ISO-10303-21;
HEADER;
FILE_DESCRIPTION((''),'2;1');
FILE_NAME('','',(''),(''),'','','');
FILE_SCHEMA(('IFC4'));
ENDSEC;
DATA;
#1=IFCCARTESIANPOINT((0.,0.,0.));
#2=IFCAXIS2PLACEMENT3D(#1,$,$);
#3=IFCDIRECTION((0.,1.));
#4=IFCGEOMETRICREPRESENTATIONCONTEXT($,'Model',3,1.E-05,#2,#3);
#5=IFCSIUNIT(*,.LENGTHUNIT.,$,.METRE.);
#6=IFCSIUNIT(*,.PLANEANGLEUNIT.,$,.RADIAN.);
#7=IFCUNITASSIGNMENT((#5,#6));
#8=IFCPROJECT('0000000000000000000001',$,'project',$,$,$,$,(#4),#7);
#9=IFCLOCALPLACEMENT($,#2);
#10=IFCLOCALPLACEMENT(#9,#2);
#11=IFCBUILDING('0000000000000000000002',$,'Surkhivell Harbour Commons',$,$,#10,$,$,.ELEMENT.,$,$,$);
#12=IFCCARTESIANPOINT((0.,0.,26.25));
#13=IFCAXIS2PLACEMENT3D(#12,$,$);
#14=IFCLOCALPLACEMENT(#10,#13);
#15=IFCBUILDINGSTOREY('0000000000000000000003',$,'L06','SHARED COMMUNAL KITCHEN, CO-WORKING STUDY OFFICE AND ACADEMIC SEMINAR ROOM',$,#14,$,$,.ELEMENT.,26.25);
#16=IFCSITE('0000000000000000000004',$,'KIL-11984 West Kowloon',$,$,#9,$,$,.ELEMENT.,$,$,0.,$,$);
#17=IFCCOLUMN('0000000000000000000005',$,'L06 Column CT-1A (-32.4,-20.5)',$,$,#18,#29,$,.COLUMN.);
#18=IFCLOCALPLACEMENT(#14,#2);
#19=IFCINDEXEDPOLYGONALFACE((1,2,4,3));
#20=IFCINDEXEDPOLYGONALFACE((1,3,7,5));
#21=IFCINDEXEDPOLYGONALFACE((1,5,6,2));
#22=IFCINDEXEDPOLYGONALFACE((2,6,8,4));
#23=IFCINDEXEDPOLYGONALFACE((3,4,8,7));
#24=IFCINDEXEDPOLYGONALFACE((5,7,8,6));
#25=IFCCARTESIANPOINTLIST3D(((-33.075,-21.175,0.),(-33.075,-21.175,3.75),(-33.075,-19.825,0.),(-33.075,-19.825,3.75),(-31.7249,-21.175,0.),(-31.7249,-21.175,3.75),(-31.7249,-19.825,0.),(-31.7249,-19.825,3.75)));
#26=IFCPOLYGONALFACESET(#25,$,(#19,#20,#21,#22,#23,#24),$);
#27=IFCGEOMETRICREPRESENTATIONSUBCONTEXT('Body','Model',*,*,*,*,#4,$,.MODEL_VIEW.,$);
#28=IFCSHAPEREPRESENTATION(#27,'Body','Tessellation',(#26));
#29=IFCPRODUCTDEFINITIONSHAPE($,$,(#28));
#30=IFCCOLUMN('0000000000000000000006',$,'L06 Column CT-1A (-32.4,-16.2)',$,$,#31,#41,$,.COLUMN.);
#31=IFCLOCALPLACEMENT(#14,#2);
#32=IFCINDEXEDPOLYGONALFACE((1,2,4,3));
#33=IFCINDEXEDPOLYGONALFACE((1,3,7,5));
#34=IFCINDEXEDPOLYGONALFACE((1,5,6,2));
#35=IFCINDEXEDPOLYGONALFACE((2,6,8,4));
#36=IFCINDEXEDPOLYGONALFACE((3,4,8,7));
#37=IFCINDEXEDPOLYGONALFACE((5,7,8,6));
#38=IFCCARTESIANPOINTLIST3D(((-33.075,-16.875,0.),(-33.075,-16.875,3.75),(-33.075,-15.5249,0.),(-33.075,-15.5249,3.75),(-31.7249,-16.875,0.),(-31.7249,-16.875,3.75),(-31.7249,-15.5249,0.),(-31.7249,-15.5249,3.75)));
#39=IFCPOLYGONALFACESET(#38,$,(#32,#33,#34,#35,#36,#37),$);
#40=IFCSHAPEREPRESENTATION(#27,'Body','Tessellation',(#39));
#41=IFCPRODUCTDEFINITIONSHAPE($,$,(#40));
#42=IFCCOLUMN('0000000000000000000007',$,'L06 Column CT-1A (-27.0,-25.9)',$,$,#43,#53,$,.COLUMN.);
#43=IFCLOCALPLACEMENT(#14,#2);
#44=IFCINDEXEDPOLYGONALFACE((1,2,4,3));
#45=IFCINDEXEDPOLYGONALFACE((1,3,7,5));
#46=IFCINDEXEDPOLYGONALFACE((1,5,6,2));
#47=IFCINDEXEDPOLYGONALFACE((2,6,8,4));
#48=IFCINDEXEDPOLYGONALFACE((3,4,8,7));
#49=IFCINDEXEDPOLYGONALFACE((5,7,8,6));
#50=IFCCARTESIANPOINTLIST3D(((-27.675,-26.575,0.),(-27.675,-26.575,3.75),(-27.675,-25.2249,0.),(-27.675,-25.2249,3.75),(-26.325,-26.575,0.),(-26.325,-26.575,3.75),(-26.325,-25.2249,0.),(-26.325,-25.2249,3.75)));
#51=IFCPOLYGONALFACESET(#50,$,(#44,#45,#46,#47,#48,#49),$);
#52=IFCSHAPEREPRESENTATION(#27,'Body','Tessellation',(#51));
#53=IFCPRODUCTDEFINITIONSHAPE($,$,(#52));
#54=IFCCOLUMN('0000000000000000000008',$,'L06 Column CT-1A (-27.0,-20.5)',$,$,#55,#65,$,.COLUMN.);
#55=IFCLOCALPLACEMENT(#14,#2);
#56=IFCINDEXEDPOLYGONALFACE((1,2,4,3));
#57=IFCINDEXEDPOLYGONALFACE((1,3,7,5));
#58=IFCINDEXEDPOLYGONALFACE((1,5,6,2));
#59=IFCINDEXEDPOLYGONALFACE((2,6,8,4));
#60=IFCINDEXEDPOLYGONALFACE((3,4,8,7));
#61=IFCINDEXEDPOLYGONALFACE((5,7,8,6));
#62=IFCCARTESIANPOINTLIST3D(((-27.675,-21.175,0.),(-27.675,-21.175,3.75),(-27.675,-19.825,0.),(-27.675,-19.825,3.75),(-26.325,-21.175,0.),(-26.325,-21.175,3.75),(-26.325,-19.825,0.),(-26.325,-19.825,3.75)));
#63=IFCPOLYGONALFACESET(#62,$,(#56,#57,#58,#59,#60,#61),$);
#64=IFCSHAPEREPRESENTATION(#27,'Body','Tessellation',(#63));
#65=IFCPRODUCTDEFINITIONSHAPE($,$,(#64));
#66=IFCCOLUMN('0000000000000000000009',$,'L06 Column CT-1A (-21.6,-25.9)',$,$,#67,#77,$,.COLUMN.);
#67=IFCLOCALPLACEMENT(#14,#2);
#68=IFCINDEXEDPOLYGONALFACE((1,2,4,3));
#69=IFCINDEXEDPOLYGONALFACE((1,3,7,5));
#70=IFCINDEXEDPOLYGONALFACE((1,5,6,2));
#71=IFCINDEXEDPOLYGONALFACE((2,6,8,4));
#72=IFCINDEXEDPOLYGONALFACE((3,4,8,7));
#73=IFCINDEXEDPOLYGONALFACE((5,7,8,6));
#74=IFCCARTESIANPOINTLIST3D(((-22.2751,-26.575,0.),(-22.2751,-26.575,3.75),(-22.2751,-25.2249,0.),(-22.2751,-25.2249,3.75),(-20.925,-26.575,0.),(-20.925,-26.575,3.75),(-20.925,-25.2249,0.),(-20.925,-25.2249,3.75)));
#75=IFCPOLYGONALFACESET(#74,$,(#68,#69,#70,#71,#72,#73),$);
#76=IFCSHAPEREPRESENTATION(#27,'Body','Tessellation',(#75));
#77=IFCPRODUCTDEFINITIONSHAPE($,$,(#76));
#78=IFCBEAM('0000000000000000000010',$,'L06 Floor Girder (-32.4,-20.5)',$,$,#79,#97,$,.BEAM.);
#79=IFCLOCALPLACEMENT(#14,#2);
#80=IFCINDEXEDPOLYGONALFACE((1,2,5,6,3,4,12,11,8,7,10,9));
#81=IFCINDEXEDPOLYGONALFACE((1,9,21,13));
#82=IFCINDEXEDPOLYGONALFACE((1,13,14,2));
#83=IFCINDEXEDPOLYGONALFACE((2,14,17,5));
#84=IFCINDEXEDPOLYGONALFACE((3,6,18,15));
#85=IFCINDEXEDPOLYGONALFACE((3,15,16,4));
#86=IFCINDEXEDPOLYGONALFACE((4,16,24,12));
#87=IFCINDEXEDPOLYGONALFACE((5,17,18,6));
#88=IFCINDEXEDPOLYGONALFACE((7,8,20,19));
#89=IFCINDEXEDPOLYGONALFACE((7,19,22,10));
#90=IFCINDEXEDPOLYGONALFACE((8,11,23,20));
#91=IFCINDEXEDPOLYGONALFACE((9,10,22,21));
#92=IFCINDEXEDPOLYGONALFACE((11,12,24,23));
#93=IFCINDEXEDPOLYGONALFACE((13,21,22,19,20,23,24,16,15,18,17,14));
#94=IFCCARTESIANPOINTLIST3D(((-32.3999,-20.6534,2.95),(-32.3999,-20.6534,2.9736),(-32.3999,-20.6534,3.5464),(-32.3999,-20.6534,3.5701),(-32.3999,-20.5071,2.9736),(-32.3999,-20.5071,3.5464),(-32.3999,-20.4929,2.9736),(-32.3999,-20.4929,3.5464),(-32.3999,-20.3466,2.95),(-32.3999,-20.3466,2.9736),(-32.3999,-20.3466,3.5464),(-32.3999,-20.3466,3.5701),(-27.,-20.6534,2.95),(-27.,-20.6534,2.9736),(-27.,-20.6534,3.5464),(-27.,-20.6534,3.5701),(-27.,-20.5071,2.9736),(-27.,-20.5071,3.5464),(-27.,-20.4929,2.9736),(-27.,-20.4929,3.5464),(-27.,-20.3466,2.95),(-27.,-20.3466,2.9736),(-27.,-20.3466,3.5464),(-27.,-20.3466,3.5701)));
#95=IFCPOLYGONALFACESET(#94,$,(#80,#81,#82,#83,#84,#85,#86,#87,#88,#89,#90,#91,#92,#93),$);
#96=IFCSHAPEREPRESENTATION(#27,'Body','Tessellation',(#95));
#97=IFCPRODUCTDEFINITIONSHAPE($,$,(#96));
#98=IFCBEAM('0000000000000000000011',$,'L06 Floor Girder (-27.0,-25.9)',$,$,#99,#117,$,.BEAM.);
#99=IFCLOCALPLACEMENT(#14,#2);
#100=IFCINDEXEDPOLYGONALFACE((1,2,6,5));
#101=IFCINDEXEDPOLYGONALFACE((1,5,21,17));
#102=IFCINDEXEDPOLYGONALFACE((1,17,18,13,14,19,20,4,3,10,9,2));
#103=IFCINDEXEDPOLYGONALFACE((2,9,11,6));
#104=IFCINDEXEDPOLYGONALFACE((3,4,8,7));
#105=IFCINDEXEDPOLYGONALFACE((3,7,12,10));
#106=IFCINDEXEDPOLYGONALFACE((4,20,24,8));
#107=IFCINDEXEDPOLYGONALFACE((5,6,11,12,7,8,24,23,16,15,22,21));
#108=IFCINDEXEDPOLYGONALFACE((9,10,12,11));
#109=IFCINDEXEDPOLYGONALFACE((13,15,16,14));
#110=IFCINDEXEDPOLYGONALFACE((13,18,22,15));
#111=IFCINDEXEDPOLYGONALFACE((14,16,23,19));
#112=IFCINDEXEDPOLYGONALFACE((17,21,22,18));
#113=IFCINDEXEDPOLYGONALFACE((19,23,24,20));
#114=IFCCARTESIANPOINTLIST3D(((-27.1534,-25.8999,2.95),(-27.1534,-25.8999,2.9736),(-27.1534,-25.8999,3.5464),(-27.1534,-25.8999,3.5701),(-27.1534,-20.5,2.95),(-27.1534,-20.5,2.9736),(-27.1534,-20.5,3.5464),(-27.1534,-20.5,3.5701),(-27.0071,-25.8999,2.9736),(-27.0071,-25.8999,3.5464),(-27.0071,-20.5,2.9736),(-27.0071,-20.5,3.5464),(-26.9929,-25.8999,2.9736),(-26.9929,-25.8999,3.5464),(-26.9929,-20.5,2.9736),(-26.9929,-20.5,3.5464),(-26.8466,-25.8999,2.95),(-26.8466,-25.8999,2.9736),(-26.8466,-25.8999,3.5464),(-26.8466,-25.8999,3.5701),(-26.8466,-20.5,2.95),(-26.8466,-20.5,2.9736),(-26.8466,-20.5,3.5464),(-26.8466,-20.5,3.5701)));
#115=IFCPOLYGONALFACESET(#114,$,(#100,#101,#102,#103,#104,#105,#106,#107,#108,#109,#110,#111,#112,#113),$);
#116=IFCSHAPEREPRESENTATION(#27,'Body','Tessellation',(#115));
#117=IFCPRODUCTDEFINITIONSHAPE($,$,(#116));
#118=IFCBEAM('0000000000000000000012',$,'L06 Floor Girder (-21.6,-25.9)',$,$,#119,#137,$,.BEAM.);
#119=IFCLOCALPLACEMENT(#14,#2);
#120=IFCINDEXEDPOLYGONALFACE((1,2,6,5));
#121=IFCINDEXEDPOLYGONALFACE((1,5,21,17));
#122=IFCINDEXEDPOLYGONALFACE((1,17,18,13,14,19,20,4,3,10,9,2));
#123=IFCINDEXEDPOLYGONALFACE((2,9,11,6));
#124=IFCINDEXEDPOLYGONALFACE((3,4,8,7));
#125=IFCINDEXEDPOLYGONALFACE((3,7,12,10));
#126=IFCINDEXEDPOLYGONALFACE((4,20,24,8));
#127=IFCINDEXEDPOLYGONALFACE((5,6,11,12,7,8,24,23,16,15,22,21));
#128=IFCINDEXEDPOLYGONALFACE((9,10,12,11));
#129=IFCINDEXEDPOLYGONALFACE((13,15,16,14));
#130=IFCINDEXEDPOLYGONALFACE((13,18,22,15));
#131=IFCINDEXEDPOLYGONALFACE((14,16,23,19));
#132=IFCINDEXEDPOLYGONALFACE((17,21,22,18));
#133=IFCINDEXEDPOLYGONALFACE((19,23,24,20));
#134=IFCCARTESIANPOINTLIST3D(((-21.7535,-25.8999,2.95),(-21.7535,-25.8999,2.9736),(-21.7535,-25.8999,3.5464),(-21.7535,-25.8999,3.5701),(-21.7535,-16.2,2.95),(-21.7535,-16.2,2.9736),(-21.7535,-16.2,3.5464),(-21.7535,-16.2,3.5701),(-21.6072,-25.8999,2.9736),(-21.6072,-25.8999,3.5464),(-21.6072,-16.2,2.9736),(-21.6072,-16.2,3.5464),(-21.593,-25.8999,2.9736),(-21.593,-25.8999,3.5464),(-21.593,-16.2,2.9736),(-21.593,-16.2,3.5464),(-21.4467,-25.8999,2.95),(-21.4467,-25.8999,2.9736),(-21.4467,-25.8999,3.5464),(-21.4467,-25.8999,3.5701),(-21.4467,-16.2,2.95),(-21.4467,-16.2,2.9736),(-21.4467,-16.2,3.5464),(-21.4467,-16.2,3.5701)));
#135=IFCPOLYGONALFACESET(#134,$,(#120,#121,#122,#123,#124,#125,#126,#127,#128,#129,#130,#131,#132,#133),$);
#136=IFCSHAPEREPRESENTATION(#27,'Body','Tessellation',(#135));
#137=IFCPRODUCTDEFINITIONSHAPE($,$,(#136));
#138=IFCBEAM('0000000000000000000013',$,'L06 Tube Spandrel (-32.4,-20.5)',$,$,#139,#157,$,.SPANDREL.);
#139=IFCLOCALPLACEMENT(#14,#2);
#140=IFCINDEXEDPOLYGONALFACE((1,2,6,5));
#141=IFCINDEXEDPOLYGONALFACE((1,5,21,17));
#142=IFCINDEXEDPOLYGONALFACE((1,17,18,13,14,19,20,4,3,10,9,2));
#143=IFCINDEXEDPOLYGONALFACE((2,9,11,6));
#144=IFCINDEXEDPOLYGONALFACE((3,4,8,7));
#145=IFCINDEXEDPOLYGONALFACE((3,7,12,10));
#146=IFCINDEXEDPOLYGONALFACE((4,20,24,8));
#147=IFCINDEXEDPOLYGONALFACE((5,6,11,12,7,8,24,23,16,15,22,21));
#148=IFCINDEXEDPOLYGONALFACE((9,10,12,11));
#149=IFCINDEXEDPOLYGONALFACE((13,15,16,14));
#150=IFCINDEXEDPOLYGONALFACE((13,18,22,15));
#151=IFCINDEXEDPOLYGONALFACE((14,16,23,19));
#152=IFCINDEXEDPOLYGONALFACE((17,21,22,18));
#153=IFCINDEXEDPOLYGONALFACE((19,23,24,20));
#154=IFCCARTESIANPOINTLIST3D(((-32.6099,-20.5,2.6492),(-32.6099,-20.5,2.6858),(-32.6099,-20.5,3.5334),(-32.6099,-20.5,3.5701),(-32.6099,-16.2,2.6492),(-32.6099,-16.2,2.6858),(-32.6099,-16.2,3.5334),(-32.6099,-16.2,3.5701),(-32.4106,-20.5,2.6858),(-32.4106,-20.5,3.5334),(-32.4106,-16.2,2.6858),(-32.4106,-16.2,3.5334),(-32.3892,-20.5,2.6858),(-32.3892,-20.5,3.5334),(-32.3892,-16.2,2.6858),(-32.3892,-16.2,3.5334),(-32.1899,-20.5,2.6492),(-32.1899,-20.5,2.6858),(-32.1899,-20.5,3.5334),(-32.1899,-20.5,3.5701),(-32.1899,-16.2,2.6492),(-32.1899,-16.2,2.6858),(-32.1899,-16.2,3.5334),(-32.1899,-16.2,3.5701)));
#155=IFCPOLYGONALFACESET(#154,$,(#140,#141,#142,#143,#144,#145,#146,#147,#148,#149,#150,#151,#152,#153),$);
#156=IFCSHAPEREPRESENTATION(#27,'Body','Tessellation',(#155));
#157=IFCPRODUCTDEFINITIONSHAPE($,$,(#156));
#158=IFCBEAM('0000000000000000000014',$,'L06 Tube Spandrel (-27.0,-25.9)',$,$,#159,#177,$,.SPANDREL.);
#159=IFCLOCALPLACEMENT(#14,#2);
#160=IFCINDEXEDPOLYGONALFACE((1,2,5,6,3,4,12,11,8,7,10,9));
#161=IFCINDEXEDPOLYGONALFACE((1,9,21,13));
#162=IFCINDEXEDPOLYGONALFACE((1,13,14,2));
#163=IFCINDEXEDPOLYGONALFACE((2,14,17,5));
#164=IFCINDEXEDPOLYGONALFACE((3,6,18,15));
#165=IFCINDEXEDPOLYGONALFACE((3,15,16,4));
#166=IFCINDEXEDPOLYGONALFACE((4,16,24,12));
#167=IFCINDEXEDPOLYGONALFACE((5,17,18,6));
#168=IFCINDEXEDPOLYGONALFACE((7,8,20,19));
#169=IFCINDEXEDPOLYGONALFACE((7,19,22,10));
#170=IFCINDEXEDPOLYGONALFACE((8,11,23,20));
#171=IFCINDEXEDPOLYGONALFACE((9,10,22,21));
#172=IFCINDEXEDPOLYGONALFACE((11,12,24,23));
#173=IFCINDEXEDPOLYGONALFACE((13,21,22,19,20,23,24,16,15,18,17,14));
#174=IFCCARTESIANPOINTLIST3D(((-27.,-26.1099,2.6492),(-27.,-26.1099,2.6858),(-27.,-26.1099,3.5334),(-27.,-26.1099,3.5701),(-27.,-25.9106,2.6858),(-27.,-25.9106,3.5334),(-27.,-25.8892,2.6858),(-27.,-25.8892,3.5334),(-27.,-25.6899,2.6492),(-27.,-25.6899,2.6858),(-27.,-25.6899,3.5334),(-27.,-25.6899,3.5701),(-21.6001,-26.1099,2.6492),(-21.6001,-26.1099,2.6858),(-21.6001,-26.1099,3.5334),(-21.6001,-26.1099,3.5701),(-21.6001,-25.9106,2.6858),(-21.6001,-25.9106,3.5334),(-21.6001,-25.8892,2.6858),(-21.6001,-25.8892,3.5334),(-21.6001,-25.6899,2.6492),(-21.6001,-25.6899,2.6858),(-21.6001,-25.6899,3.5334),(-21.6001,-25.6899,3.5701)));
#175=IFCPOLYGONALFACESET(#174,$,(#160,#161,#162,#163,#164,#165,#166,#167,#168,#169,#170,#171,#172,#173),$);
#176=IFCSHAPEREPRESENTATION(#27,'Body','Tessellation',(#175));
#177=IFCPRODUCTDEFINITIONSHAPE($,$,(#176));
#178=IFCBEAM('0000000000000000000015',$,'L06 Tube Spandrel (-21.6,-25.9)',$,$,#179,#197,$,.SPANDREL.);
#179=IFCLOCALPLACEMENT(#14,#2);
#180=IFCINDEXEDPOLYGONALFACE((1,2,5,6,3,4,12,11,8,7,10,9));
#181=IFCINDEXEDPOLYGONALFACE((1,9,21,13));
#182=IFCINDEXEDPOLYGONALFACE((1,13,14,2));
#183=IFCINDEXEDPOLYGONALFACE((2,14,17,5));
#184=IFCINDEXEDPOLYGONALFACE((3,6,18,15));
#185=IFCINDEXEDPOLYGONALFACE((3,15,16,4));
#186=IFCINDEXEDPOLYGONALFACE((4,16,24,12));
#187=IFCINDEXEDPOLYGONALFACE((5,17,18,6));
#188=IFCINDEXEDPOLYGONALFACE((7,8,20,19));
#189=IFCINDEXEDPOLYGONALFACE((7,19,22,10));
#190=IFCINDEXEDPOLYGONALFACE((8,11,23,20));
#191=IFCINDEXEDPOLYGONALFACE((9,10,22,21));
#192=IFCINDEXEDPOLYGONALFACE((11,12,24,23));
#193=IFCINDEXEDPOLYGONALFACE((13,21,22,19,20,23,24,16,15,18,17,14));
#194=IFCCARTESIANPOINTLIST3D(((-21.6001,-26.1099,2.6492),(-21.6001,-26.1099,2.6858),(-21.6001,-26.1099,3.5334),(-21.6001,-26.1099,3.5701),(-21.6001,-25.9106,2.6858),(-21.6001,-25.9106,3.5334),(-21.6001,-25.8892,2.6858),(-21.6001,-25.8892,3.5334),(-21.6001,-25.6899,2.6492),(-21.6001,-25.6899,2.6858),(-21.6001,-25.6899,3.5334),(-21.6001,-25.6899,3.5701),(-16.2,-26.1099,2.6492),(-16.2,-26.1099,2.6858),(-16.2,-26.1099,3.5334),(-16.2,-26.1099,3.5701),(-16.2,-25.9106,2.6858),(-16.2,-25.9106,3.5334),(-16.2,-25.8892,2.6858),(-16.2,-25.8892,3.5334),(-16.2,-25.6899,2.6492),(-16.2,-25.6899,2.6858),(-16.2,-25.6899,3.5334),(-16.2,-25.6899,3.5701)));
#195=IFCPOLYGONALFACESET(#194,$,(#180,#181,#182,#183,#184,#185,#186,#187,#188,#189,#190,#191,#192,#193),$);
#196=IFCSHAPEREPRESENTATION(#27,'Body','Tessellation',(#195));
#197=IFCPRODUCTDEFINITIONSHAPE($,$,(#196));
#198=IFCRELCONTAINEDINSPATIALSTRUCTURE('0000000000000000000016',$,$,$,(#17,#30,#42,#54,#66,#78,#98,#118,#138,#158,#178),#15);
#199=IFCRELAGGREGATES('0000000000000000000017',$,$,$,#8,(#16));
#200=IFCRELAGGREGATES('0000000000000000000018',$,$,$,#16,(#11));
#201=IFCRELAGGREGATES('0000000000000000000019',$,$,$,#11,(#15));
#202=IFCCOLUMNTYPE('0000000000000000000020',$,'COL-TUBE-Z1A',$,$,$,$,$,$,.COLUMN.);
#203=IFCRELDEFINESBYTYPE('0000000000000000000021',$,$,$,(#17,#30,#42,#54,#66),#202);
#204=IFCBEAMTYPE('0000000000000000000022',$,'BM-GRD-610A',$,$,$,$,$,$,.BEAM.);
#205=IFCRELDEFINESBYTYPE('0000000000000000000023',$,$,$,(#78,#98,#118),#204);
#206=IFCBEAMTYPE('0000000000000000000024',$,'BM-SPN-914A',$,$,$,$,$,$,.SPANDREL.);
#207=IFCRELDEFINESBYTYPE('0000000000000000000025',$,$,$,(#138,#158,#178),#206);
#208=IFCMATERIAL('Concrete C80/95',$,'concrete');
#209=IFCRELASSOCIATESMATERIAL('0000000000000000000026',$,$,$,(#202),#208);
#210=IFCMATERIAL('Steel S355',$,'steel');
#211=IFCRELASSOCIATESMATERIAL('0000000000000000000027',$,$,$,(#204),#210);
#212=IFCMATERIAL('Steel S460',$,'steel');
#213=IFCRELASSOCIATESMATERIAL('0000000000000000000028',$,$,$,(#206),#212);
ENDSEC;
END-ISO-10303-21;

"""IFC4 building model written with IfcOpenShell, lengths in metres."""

from ifc_helpers import new_model, si_unit, direction, frame, origin, origin_2d, place, context, subcontext, project, spatial, rectangle, i_section, extrude, material, material_profile, profile_set, type_object, element, save


model = new_model("IFC4")

# Units and contexts
model_context = context("Model", 3, precision=1e-05, world=origin(), true_north=direction((0.0, 1.0)))
body_context = subcontext(model_context, "Body", "Model", "MODEL_VIEW")
ifc_project = project(units=[si_unit("LENGTHUNIT", "METRE"), si_unit("PLANEANGLEUNIT", "RADIAN")], contexts=[model_context])

# Site, building, storey
site_placement = place(None, origin())
site = spatial("IfcSite", under=ifc_project, at=site_placement, Name="KIL-11984 West Kowloon", CompositionType="ELEMENT", RefElevation=0.0)
building_placement = place(site_placement, origin())
building = spatial("IfcBuilding", under=site, at=building_placement, Name="Surkhivell Harbour Commons", CompositionType="ELEMENT")
storey_placement = place(building_placement, frame((0.0, 0.0, 26.25)))
storey = spatial("IfcBuildingStorey", under=building, at=storey_placement, Name="L06", Description="SHARED COMMUNAL KITCHEN, CO-WORKING STUDY OFFICE AND ACADEMIC SEMINAR ROOM", CompositionType="ELEMENT", Elevation=26.25)

# Columns
ifc_material_1 = material(Name="Concrete C80/95", Category="concrete")
ifc_material_profile_1 = material_profile(ifc_material_1, rectangle(XDim=1.3501, YDim=1.3501, at=origin_2d()), Name="RC-COL-1350x1350")
ifc_profile_set_1 = profile_set([ifc_material_profile_1], Name="Concrete C80/95")
column_type = type_object("IfcColumnType", Name="COL-TUBE-Z1A", PredefinedType="COLUMN", material=ifc_profile_set_1)
for number, where, z_axis, x_axis, name in (
    (1, (-32.3999, -20.5, 0.0), (0.0, 0.0, 1.0), (1.0, 0.0, 0.0), "L06 Column CT-1A (-32.4,-20.5)"),
    (2, (-32.3999, -16.2, 0.0), (0.0, 0.0, 1.0), (1.0, 0.0, 0.0), "L06 Column CT-1A (-32.4,-16.2)"),
    (3, (-27.0, -25.8999, 0.0), (0.0, 0.0, 1.0), (1.0, 0.0, 0.0), "L06 Column CT-1A (-27.0,-25.9)"),
    (4, (-27.0, -20.5, 0.0), (0.0, 0.0, 1.0), (1.0, 0.0, 0.0), "L06 Column CT-1A (-27.0,-20.5)"),
    (5, (-21.6001, -25.8999, 0.0), (0.0, 0.0, 1.0), (1.0, 0.0, 0.0), "L06 Column CT-1A (-21.6,-25.9)"),
):
    element("IfcColumn", number, at=place(storey_placement, frame(where, z_axis=z_axis, x_axis=x_axis)), inside=storey, type_object=column_type, Name=name, PredefinedType="COLUMN", context=body_context, shape_type="SweptSolid", body=[
        extrude(rectangle(XDim=1.3501, YDim=1.3501, at=origin_2d()), origin(), (0.0, 0.0, 1.0), 3.75),
    ])

# Beams
ifc_material_2 = material(Name="Steel S355", Category="steel")
ifc_material_profile_2 = material_profile(ifc_material_2, i_section(OverallWidth=0.3069, OverallDepth=0.6201, WebThickness=0.0142, FlangeThickness=0.0237, at=origin_2d()), Name="UB610x305x179")
ifc_profile_set_2 = profile_set([ifc_material_profile_2], Name="Steel S355")
beam_type_1 = type_object("IfcBeamType", Name="BM-GRD-610A", PredefinedType="BEAM", material=ifc_profile_set_2)
for number, where, z_axis, x_axis, name in (
    (6, (-32.3999, -20.5, 3.26), (1.0, 0.0, 0.0), (0.0, 1.0, 0.0), "L06 Floor Girder (-32.4,-20.5)"),
    (7, (-27.0, -25.8999, 3.26), (0.0, 1.0, 0.0), (-1.0, 0.0, 0.0), "L06 Floor Girder (-27.0,-25.9)"),
):
    element("IfcBeam", number, at=place(storey_placement, frame(where, z_axis=z_axis, x_axis=x_axis)), inside=storey, type_object=beam_type_1, Name=name, PredefinedType="BEAM", context=body_context, shape_type="SweptSolid", body=[
        extrude(i_section(OverallWidth=0.3069, OverallDepth=0.6201, WebThickness=0.0142, FlangeThickness=0.0237, at=origin_2d()), origin(), (0.0, 0.0, 1.0), 5.3999),
    ])
beam_1_placement = place(storey_placement, frame((-21.6001, -25.8999, 3.26), z_axis=(0.0, 1.0, 0.0), x_axis=(-1.0, 0.0, 0.0)))
element("IfcBeam", 8, at=beam_1_placement, inside=storey, type_object=beam_type_1, Name="L06 Floor Girder (-21.6,-25.9)", PredefinedType="BEAM", context=body_context, shape_type="SweptSolid", body=[
    extrude(i_section(OverallWidth=0.3069, OverallDepth=0.6201, WebThickness=0.0142, FlangeThickness=0.0237, at=origin_2d()), origin(), (0.0, 0.0, 1.0), 9.7),
])
ifc_material_3 = material(Name="Steel S460", Category="steel")
ifc_material_profile_3 = material_profile(ifc_material_3, i_section(OverallWidth=0.4199, OverallDepth=0.9209, WebThickness=0.0215, FlangeThickness=0.0366, at=origin_2d()), Name="UB914x419x388")
ifc_profile_set_3 = profile_set([ifc_material_profile_3], Name="Steel S460")
beam_type_2 = type_object("IfcBeamType", Name="BM-SPN-914A", PredefinedType="SPANDREL", material=ifc_profile_set_3)
beam_2_placement = place(storey_placement, frame((-32.3999, -20.5, 3.1096), z_axis=(0.0, 1.0, 0.0), x_axis=(-1.0, 0.0, 0.0)))
element("IfcBeam", 9, at=beam_2_placement, inside=storey, type_object=beam_type_2, Name="L06 Tube Spandrel (-32.4,-20.5)", PredefinedType="SPANDREL", context=body_context, shape_type="SweptSolid", body=[
    extrude(i_section(OverallWidth=0.4199, OverallDepth=0.9209, WebThickness=0.0215, FlangeThickness=0.0366, at=origin_2d()), origin(), (0.0, 0.0, 1.0), 4.3),
])
beam_3_placement = place(storey_placement, frame((-27.0, -25.8999, 3.1096), z_axis=(1.0, 0.0, 0.0), x_axis=(0.0, 1.0, 0.0)))
element("IfcBeam", 10, at=beam_3_placement, inside=storey, type_object=beam_type_2, Name="L06 Tube Spandrel (-27.0,-25.9)", PredefinedType="SPANDREL", context=body_context, shape_type="SweptSolid", body=[
    extrude(i_section(OverallWidth=0.4199, OverallDepth=0.9209, WebThickness=0.0215, FlangeThickness=0.0366, at=origin_2d()), origin(), (0.0, 0.0, 1.0), 5.3999),
])
beam_4_placement = place(storey_placement, frame((-21.6001, -25.8999, 3.1096), z_axis=(1.0, 0.0, 0.0), x_axis=(0.0, 1.0, 0.0)))
element("IfcBeam", 11, at=beam_4_placement, inside=storey, type_object=beam_type_2, Name="L06 Tube Spandrel (-21.6,-25.9)", PredefinedType="SPANDREL", context=body_context, shape_type="SweptSolid", body=[
    extrude(i_section(OverallWidth=0.4199, OverallDepth=0.9209, WebThickness=0.0215, FlangeThickness=0.0366, at=origin_2d()), origin(), (0.0, 0.0, 1.0), 5.4001),
])

save(model, "model.ifc")
